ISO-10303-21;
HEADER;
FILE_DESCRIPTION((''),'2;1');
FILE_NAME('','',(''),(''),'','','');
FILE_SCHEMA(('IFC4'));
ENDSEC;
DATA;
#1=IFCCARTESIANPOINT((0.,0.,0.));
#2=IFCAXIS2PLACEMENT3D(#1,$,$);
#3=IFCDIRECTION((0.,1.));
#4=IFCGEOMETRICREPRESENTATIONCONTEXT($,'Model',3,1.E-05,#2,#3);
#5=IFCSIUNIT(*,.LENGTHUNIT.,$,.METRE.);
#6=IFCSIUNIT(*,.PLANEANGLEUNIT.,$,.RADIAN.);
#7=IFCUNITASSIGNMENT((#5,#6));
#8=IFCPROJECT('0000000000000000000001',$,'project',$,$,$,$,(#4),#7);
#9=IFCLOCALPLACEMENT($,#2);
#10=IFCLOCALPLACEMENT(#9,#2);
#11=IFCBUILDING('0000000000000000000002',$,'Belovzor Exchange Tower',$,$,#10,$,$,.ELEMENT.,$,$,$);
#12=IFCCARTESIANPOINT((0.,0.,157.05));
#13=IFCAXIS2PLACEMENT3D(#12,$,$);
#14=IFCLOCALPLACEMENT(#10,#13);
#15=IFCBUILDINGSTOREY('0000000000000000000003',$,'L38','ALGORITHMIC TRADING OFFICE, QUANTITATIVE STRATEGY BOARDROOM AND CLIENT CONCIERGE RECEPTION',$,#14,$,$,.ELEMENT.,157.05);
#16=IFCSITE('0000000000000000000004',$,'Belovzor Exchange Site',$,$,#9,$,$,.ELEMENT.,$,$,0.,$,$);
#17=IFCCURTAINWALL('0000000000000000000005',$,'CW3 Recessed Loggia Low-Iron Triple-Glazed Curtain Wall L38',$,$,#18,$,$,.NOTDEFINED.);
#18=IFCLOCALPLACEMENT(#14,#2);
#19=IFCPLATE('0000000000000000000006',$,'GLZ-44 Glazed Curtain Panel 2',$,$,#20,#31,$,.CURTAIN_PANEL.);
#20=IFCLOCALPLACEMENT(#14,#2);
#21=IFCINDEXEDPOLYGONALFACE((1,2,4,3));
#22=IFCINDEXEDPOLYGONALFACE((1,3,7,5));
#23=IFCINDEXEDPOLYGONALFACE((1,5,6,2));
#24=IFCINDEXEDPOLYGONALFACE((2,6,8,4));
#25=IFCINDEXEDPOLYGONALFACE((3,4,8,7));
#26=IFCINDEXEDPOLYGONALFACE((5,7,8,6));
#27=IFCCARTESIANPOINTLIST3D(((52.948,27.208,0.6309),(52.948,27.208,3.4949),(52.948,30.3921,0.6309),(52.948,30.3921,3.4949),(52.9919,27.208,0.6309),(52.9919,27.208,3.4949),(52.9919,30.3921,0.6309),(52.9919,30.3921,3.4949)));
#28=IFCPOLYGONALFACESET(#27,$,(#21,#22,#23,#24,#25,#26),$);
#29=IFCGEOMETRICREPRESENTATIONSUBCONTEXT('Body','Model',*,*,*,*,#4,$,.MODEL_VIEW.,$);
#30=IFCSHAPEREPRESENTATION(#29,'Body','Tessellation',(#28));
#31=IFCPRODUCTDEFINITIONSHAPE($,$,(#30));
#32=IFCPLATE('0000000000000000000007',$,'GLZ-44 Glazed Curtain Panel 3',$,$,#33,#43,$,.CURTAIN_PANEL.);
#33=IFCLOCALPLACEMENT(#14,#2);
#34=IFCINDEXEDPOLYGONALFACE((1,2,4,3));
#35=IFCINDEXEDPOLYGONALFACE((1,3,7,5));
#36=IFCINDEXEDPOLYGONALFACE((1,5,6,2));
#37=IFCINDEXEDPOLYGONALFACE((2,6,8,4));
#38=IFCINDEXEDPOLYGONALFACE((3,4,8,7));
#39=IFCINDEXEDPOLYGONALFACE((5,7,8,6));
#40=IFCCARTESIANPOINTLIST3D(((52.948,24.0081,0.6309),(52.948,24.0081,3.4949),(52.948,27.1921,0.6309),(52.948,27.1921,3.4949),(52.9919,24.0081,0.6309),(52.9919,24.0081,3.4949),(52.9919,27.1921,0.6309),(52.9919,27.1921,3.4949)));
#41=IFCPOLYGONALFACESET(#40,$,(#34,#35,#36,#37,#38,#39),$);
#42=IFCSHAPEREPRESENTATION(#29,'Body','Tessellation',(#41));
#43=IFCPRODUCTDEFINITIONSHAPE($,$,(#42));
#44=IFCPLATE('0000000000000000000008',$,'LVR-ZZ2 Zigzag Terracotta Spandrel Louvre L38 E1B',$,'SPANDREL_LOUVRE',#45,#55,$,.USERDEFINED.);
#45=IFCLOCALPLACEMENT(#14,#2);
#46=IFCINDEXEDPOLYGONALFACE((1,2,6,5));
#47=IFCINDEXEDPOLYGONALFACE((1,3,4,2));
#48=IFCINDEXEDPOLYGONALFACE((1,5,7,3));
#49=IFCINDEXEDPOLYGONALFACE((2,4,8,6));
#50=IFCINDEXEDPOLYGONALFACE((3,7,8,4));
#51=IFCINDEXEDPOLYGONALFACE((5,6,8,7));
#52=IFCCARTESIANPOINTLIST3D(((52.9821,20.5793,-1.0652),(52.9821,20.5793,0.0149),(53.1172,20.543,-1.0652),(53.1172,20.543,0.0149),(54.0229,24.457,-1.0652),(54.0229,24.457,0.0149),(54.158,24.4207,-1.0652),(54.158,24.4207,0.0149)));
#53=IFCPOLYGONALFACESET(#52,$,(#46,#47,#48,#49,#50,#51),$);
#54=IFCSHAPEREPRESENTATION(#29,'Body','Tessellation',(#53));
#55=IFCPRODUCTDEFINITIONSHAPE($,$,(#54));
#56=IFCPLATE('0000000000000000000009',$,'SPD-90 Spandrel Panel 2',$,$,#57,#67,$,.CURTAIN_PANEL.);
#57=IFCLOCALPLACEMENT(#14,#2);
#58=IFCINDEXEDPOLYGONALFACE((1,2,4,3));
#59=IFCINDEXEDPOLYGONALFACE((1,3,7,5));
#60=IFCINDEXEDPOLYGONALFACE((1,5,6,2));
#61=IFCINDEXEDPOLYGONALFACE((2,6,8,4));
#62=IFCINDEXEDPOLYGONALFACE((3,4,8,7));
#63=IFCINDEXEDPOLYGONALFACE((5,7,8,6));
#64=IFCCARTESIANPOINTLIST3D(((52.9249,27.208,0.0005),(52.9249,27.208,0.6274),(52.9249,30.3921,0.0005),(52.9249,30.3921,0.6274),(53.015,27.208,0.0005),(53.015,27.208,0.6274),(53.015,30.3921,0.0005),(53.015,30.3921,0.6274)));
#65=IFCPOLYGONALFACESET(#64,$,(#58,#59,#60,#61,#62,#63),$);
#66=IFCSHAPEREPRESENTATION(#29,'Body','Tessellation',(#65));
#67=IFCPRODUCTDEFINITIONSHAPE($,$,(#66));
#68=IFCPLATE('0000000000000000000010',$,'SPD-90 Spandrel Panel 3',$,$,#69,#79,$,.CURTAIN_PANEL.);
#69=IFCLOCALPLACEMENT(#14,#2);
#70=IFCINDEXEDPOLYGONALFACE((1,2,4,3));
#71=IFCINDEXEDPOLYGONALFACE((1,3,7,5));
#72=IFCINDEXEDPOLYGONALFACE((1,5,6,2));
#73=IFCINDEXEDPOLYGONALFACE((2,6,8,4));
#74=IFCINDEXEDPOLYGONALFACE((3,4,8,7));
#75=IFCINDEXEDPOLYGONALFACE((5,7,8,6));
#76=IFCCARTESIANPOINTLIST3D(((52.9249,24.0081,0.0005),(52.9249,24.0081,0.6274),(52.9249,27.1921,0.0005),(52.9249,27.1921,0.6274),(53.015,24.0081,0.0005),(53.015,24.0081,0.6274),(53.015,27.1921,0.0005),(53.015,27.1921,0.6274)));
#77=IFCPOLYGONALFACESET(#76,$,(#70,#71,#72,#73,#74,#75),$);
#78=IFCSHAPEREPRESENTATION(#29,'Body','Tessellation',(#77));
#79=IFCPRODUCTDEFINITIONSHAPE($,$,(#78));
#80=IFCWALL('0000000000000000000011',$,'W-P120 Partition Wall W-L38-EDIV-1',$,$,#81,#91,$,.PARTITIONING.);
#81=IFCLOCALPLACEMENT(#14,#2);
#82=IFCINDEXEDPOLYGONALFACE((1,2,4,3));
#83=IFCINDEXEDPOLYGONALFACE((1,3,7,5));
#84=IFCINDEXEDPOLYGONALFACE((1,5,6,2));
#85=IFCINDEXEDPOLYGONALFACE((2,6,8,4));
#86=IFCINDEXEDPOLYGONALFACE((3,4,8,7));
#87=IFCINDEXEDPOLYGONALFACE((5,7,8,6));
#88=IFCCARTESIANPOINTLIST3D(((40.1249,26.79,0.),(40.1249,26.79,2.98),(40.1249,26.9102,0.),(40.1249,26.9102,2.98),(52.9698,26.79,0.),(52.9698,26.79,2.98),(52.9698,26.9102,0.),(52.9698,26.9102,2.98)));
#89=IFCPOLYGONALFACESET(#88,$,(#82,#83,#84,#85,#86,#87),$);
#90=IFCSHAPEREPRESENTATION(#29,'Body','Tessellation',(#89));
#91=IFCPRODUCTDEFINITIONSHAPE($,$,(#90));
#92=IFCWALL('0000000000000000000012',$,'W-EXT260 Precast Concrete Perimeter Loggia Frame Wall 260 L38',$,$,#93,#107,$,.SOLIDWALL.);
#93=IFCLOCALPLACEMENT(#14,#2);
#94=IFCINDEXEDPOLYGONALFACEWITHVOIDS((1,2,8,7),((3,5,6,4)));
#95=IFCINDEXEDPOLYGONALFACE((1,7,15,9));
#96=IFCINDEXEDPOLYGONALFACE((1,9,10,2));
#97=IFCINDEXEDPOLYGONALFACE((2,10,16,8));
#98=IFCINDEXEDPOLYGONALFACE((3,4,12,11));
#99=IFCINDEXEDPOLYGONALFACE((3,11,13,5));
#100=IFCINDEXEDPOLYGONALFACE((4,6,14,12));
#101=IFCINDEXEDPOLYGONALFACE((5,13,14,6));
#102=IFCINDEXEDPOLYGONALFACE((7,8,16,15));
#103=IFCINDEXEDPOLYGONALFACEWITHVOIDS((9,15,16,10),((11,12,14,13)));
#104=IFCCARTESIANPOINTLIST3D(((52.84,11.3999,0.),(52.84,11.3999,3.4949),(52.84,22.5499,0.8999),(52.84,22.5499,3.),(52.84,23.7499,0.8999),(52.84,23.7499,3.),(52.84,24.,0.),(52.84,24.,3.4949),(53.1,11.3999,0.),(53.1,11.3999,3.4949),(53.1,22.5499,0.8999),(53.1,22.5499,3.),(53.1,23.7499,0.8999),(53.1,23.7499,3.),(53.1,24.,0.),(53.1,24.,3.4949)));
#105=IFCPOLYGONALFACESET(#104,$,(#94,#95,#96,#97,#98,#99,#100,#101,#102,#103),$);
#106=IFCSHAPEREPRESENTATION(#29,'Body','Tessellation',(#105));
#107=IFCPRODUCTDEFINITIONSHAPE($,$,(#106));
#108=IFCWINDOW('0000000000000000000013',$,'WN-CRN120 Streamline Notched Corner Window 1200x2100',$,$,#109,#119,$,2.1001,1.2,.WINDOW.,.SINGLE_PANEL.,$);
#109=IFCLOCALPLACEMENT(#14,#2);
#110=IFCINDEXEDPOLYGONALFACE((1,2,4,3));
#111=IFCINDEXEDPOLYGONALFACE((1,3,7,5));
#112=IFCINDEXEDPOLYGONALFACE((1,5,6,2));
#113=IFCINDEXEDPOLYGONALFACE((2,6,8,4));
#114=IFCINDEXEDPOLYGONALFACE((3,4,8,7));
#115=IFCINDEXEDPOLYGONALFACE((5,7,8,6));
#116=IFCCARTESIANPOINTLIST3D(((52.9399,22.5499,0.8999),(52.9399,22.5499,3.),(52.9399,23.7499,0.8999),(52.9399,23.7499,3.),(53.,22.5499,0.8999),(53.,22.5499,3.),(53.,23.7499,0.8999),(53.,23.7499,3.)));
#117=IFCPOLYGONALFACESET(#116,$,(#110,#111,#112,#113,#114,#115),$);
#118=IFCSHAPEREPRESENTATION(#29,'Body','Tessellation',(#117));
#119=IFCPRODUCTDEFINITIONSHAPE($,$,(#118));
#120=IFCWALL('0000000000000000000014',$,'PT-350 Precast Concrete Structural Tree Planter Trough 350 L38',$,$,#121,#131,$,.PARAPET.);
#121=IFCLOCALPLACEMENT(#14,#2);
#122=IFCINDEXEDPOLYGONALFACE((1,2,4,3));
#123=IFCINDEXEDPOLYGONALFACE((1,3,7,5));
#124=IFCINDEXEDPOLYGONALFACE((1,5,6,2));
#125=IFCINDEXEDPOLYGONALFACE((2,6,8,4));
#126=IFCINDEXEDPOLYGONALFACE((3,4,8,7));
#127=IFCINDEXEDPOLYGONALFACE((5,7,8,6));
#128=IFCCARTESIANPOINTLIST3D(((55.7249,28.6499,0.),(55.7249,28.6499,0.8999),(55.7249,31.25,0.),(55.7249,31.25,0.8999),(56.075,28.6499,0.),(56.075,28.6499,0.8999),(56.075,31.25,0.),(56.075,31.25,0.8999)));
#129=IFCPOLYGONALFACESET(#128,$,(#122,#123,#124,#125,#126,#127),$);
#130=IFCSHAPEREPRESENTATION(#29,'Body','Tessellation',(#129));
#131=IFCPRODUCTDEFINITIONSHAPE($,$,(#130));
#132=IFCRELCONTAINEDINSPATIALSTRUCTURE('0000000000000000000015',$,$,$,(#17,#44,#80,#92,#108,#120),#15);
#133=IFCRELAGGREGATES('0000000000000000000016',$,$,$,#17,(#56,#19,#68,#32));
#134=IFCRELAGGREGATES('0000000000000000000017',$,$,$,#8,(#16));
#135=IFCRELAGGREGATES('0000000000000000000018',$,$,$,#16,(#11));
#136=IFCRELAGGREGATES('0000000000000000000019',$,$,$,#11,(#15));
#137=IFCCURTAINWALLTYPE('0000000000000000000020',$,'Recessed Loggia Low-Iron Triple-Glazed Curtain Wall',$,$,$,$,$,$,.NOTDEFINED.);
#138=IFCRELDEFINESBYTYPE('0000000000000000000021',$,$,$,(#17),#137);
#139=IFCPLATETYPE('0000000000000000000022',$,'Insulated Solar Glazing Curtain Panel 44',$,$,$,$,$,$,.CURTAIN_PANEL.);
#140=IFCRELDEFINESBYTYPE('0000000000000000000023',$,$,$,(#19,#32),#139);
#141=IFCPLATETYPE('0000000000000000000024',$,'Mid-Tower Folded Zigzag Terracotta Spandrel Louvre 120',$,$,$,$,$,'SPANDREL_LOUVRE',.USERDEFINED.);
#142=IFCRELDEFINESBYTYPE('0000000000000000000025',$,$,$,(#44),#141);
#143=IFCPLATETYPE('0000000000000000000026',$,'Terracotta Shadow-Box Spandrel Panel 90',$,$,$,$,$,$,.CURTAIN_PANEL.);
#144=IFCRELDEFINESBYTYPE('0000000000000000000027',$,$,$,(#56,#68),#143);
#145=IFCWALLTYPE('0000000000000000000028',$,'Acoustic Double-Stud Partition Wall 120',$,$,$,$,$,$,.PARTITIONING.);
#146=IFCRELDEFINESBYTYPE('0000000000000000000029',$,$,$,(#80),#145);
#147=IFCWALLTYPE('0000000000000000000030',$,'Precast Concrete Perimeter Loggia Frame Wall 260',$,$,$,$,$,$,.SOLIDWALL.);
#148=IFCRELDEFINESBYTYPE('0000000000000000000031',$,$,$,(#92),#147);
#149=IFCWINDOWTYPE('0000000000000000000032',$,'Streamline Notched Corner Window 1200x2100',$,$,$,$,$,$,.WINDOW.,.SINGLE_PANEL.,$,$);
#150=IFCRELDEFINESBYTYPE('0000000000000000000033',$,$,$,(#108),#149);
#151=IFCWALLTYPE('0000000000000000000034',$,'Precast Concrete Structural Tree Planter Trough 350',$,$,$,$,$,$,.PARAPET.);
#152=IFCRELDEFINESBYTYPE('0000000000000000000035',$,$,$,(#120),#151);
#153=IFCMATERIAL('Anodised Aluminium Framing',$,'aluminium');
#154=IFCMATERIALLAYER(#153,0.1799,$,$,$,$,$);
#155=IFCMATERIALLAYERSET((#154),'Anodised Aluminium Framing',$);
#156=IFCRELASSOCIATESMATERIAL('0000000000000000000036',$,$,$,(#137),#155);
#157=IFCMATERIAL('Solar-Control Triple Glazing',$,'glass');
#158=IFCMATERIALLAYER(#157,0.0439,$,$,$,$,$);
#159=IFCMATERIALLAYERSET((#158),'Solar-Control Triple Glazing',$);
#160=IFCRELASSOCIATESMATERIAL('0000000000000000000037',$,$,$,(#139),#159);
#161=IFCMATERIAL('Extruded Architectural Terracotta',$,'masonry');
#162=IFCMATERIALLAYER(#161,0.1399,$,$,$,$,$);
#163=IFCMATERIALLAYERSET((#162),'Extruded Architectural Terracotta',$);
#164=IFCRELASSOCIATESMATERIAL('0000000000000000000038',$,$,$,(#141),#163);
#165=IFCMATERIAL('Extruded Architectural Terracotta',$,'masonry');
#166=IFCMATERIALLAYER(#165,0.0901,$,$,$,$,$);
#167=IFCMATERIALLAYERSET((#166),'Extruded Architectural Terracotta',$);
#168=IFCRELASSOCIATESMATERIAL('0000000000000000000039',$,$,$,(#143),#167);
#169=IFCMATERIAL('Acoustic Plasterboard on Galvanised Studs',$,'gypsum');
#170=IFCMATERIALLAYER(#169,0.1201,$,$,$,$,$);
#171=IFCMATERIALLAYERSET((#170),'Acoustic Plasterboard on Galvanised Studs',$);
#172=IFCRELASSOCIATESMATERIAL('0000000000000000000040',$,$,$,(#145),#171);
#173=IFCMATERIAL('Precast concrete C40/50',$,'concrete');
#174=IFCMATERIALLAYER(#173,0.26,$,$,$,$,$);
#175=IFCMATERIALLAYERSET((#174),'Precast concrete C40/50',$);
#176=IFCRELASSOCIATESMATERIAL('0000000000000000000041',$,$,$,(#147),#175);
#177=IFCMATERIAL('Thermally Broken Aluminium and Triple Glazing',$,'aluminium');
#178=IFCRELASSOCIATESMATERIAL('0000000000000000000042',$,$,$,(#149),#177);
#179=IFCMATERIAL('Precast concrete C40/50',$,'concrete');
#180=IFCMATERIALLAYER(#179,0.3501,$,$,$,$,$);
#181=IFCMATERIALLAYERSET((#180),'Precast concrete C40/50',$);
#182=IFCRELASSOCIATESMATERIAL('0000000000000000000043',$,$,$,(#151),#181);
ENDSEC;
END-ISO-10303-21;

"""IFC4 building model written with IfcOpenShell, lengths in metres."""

from ifc_helpers import new_model, si_unit, direction, frame, frame_2d, origin, origin_2d, place, context, subcontext, project, spatial, rectangle, extrude, material, layer, layer_set, type_object, element, fill, aggregate, save


model = new_model("IFC4")

# Units and contexts
model_context = context("Model", 3, precision=1e-05, world=origin(), true_north=direction((0.0, 1.0)))
body_context = subcontext(model_context, "Body", "Model", "MODEL_VIEW")
ifc_project = project(units=[si_unit("LENGTHUNIT", "METRE"), si_unit("PLANEANGLEUNIT", "RADIAN")], contexts=[model_context])

# Site, building, storey
site_placement = place(None, origin())
site = spatial("IfcSite", under=ifc_project, at=site_placement, Name="Belovzor Exchange Site", CompositionType="ELEMENT", RefElevation=0.0)
building_placement = place(site_placement, origin())
building = spatial("IfcBuilding", under=site, at=building_placement, Name="Belovzor Exchange Tower", CompositionType="ELEMENT")
storey_placement = place(building_placement, frame((0.0, 0.0, 157.05)))
storey = spatial("IfcBuildingStorey", under=building, at=storey_placement, Name="L38", Description="ALGORITHMIC TRADING OFFICE, QUANTITATIVE STRATEGY BOARDROOM AND CLIENT CONCIERGE RECEPTION", CompositionType="ELEMENT", Elevation=157.05)

# Curtain wall, plates
ifc_material_1 = material(Name="Anodised Aluminium Framing", Category="aluminium")
ifc_layer_1 = layer(ifc_material_1, 0.1799)
ifc_layer_set_1 = layer_set([ifc_layer_1], Name="Anodised Aluminium Framing")
curtain_wall_type = type_object("IfcCurtainWallType", Name="Recessed Loggia Low-Iron Triple-Glazed Curtain Wall", PredefinedType="NOTDEFINED", material=ifc_layer_set_1)
curtain_wall_placement = place(storey_placement, origin())
curtain_wall = element("IfcCurtainWall", 1, at=curtain_wall_placement, inside=storey, type_object=curtain_wall_type, Name="CW3 Recessed Loggia Low-Iron Triple-Glazed Curtain Wall L38", PredefinedType="NOTDEFINED")
ifc_material_2 = material(Name="Solar-Control Triple Glazing", Category="glass")
ifc_layer_2 = layer(ifc_material_2, 0.0439)
ifc_layer_set_2 = layer_set([ifc_layer_2], Name="Solar-Control Triple Glazing")
plate_type_1 = type_object("IfcPlateType", Name="Insulated Solar Glazing Curtain Panel 44", PredefinedType="CURTAIN_PANEL", material=ifc_layer_set_2)
plate_1_placement = place(storey_placement, frame((52.97, 28.8, 0.6309), z_axis=(0.0, 0.0, 1.0), x_axis=(0.0, -1.0, 0.0)))
plate_1 = element("IfcPlate", 2, at=plate_1_placement, type_object=plate_type_1, Name="GLZ-44 Glazed Curtain Panel 2", PredefinedType="CURTAIN_PANEL", context=body_context, shape_type="SweptSolid", body=[
    extrude(rectangle(XDim=3.1841, YDim=0.0439, at=origin_2d()), origin(), (0.0, 0.0, 1.0), 2.864),
])
plate_2_placement = place(storey_placement, frame((52.97, 25.6001, 0.6309), z_axis=(0.0, 0.0, 1.0), x_axis=(0.0, -1.0, 0.0)))
plate_2 = element("IfcPlate", 3, at=plate_2_placement, type_object=plate_type_1, Name="GLZ-44 Glazed Curtain Panel 3", PredefinedType="CURTAIN_PANEL", context=body_context, shape_type="SweptSolid", body=[
    extrude(rectangle(XDim=3.1841, YDim=0.0439, at=origin_2d()), origin(), (0.0, 0.0, 1.0), 2.864),
])

# Plates
ifc_material_3 = material(Name="Extruded Architectural Terracotta", Category="masonry")
ifc_layer_3 = layer(ifc_material_3, 0.1399)
ifc_layer_set_3 = layer_set([ifc_layer_3], Name="Extruded Architectural Terracotta")
plate_type_2 = type_object("IfcPlateType", Name="Mid-Tower Folded Zigzag Terracotta Spandrel Louvre 120", ElementType="SPANDREL_LOUVRE", PredefinedType="USERDEFINED", material=ifc_layer_set_3)
plate_3_placement = place(storey_placement, frame((53.5701, 22.5, -1.0652), z_axis=(0.0, 0.0, 1.0), x_axis=(0.25924, 0.965813, 0.0)))
element("IfcPlate", 4, at=plate_3_placement, inside=storey, type_object=plate_type_2, Name="LVR-ZZ2 Zigzag Terracotta Spandrel Louvre L38 E1B", ObjectType="SPANDREL_LOUVRE", PredefinedType="USERDEFINED", context=body_context, shape_type="SweptSolid", body=[
    extrude(rectangle(XDim=4.0149, YDim=0.1399, at=origin_2d()), origin(), (0.0, 0.0, 1.0), 1.0801),
])
ifc_material_4 = material(Name="Extruded Architectural Terracotta", Category="masonry")
ifc_layer_4 = layer(ifc_material_4, 0.0901)
ifc_layer_set_4 = layer_set([ifc_layer_4], Name="Extruded Architectural Terracotta")
plate_type_3 = type_object("IfcPlateType", Name="Terracotta Shadow-Box Spandrel Panel 90", PredefinedType="CURTAIN_PANEL", material=ifc_layer_set_4)
plate_4_placement = place(storey_placement, frame((52.97, 28.8, 0.0005), z_axis=(0.0, 0.0, 1.0), x_axis=(0.0, -1.0, 0.0)))
plate_4 = element("IfcPlate", 5, at=plate_4_placement, type_object=plate_type_3, Name="SPD-90 Spandrel Panel 2", PredefinedType="CURTAIN_PANEL", context=body_context, shape_type="SweptSolid", body=[
    extrude(rectangle(XDim=3.1841, YDim=0.0901, at=origin_2d()), origin(), (0.0, 0.0, 1.0), 0.627),
])
plate_5_placement = place(storey_placement, frame((52.97, 25.6001, 0.0005), z_axis=(0.0, 0.0, 1.0), x_axis=(0.0, -1.0, 0.0)))
plate_5 = element("IfcPlate", 6, at=plate_5_placement, type_object=plate_type_3, Name="SPD-90 Spandrel Panel 3", PredefinedType="CURTAIN_PANEL", context=body_context, shape_type="SweptSolid", body=[
    extrude(rectangle(XDim=3.1841, YDim=0.0901, at=origin_2d()), origin(), (0.0, 0.0, 1.0), 0.627),
])
aggregate(curtain_wall, [plate_4, plate_1, plate_5, plate_2])

# Wall
ifc_material_5 = material(Name="Acoustic Plasterboard on Galvanised Studs", Category="gypsum")
ifc_layer_5 = layer(ifc_material_5, 0.1201)
ifc_layer_set_5 = layer_set([ifc_layer_5], Name="Acoustic Plasterboard on Galvanised Studs")
wall_type_1 = type_object("IfcWallType", Name="Acoustic Double-Stud Partition Wall 120", PredefinedType="PARTITIONING", material=ifc_layer_set_5)
wall_1_placement = place(storey_placement, frame((40.125, 26.8501, 0.0), z_axis=(0.0, 0.0, 1.0), x_axis=(1.0, 0.0, 0.0)))
element("IfcWall", 7, at=wall_1_placement, inside=storey, type_object=wall_type_1, Name="W-P120 Partition Wall W-L38-EDIV-1", PredefinedType="PARTITIONING", context=body_context, shape_type="SweptSolid", body=[
    extrude(rectangle(XDim=12.845, YDim=0.1201, at=frame_2d((6.4224, 0.0))), origin(), (0.0, 0.0, 1.0), 2.98),
])

# Wall, opening, window
ifc_material_6 = material(Name="Precast concrete C40/50", Category="concrete")
ifc_layer_6 = layer(ifc_material_6, 0.26)
ifc_layer_set_6 = layer_set([ifc_layer_6], Name="Precast concrete C40/50")
wall_type_2 = type_object("IfcWallType", Name="Precast Concrete Perimeter Loggia Frame Wall 260", PredefinedType="SOLIDWALL", material=ifc_layer_set_6)
wall_2_placement = place(storey_placement, frame((52.97, 24.0, 0.0), z_axis=(0.0, 0.0, 1.0), x_axis=(0.0, -1.0, 0.0)))
wall_2 = element("IfcWall", 8, at=wall_2_placement, inside=storey, type_object=wall_type_2, Name="W-EXT260 Precast Concrete Perimeter Loggia Frame Wall 260 L38", PredefinedType="SOLIDWALL", context=body_context, shape_type="SweptSolid", body=[
    extrude(rectangle(XDim=12.6001, YDim=0.26, at=frame_2d((6.3, 0.0))), origin(), (0.0, 0.0, 1.0), 3.4949),
])
opening_placement = place(wall_2_placement, frame((0.25, 0.0, 0.8999)))
opening = element("IfcOpeningElement", 9, at=opening_placement, cuts=wall_2, PredefinedType="OPENING", context=body_context, shape_type="SweptSolid", body=[
    extrude(rectangle(XDim=1.2, YDim=2.1001, at=frame_2d((0.6001, 1.05))), frame((0.0, 0.1399, 0.0), z_axis=(0.0, -1.0, 0.0), x_axis=(1.0, 0.0, 0.0)), (0.0, 0.0, 1.0), 0.28),
])
ifc_material_7 = material(Name="Thermally Broken Aluminium and Triple Glazing", Category="aluminium")
window_type = type_object("IfcWindowType", Name="Streamline Notched Corner Window 1200x2100", PartitioningType="SINGLE_PANEL", PredefinedType="WINDOW", material=ifc_material_7)
window_placement = place(opening_placement, origin())
window = element("IfcWindow", 10, at=window_placement, inside=storey, type_object=window_type, Name="WN-CRN120 Streamline Notched Corner Window 1200x2100", OverallHeight=2.1001, OverallWidth=1.2, PartitioningType="SINGLE_PANEL", PredefinedType="WINDOW", context=body_context, shape_type="SweptSolid", body=[
    extrude(rectangle(XDim=1.2, YDim=2.1001, at=frame_2d((0.6001, 1.05))), frame((0.0, 0.03, 0.0), z_axis=(0.0, -1.0, 0.0), x_axis=(1.0, 0.0, 0.0)), (0.0, 0.0, 1.0), 0.0601),
])
fill(opening, window)

# Wall
ifc_material_8 = material(Name="Precast concrete C40/50", Category="concrete")
ifc_layer_7 = layer(ifc_material_8, 0.3501)
ifc_layer_set_7 = layer_set([ifc_layer_7], Name="Precast concrete C40/50")
wall_type_3 = type_object("IfcWallType", Name="Precast Concrete Structural Tree Planter Trough 350", PredefinedType="PARAPET", material=ifc_layer_set_7)
wall_3_placement = place(storey_placement, frame((55.8999, 28.6499, 0.0), z_axis=(0.0, 0.0, 1.0), x_axis=(0.0, 1.0, 0.0)))
element("IfcWall", 11, at=wall_3_placement, inside=storey, type_object=wall_type_3, Name="PT-350 Precast Concrete Structural Tree Planter Trough 350 L38", PredefinedType="PARAPET", context=body_context, shape_type="SweptSolid", body=[
    extrude(rectangle(XDim=2.6001, YDim=0.3501, at=frame_2d((1.3, 0.0))), origin(), (0.0, 0.0, 1.0), 0.8999),
])

save(model, "model.ifc")
